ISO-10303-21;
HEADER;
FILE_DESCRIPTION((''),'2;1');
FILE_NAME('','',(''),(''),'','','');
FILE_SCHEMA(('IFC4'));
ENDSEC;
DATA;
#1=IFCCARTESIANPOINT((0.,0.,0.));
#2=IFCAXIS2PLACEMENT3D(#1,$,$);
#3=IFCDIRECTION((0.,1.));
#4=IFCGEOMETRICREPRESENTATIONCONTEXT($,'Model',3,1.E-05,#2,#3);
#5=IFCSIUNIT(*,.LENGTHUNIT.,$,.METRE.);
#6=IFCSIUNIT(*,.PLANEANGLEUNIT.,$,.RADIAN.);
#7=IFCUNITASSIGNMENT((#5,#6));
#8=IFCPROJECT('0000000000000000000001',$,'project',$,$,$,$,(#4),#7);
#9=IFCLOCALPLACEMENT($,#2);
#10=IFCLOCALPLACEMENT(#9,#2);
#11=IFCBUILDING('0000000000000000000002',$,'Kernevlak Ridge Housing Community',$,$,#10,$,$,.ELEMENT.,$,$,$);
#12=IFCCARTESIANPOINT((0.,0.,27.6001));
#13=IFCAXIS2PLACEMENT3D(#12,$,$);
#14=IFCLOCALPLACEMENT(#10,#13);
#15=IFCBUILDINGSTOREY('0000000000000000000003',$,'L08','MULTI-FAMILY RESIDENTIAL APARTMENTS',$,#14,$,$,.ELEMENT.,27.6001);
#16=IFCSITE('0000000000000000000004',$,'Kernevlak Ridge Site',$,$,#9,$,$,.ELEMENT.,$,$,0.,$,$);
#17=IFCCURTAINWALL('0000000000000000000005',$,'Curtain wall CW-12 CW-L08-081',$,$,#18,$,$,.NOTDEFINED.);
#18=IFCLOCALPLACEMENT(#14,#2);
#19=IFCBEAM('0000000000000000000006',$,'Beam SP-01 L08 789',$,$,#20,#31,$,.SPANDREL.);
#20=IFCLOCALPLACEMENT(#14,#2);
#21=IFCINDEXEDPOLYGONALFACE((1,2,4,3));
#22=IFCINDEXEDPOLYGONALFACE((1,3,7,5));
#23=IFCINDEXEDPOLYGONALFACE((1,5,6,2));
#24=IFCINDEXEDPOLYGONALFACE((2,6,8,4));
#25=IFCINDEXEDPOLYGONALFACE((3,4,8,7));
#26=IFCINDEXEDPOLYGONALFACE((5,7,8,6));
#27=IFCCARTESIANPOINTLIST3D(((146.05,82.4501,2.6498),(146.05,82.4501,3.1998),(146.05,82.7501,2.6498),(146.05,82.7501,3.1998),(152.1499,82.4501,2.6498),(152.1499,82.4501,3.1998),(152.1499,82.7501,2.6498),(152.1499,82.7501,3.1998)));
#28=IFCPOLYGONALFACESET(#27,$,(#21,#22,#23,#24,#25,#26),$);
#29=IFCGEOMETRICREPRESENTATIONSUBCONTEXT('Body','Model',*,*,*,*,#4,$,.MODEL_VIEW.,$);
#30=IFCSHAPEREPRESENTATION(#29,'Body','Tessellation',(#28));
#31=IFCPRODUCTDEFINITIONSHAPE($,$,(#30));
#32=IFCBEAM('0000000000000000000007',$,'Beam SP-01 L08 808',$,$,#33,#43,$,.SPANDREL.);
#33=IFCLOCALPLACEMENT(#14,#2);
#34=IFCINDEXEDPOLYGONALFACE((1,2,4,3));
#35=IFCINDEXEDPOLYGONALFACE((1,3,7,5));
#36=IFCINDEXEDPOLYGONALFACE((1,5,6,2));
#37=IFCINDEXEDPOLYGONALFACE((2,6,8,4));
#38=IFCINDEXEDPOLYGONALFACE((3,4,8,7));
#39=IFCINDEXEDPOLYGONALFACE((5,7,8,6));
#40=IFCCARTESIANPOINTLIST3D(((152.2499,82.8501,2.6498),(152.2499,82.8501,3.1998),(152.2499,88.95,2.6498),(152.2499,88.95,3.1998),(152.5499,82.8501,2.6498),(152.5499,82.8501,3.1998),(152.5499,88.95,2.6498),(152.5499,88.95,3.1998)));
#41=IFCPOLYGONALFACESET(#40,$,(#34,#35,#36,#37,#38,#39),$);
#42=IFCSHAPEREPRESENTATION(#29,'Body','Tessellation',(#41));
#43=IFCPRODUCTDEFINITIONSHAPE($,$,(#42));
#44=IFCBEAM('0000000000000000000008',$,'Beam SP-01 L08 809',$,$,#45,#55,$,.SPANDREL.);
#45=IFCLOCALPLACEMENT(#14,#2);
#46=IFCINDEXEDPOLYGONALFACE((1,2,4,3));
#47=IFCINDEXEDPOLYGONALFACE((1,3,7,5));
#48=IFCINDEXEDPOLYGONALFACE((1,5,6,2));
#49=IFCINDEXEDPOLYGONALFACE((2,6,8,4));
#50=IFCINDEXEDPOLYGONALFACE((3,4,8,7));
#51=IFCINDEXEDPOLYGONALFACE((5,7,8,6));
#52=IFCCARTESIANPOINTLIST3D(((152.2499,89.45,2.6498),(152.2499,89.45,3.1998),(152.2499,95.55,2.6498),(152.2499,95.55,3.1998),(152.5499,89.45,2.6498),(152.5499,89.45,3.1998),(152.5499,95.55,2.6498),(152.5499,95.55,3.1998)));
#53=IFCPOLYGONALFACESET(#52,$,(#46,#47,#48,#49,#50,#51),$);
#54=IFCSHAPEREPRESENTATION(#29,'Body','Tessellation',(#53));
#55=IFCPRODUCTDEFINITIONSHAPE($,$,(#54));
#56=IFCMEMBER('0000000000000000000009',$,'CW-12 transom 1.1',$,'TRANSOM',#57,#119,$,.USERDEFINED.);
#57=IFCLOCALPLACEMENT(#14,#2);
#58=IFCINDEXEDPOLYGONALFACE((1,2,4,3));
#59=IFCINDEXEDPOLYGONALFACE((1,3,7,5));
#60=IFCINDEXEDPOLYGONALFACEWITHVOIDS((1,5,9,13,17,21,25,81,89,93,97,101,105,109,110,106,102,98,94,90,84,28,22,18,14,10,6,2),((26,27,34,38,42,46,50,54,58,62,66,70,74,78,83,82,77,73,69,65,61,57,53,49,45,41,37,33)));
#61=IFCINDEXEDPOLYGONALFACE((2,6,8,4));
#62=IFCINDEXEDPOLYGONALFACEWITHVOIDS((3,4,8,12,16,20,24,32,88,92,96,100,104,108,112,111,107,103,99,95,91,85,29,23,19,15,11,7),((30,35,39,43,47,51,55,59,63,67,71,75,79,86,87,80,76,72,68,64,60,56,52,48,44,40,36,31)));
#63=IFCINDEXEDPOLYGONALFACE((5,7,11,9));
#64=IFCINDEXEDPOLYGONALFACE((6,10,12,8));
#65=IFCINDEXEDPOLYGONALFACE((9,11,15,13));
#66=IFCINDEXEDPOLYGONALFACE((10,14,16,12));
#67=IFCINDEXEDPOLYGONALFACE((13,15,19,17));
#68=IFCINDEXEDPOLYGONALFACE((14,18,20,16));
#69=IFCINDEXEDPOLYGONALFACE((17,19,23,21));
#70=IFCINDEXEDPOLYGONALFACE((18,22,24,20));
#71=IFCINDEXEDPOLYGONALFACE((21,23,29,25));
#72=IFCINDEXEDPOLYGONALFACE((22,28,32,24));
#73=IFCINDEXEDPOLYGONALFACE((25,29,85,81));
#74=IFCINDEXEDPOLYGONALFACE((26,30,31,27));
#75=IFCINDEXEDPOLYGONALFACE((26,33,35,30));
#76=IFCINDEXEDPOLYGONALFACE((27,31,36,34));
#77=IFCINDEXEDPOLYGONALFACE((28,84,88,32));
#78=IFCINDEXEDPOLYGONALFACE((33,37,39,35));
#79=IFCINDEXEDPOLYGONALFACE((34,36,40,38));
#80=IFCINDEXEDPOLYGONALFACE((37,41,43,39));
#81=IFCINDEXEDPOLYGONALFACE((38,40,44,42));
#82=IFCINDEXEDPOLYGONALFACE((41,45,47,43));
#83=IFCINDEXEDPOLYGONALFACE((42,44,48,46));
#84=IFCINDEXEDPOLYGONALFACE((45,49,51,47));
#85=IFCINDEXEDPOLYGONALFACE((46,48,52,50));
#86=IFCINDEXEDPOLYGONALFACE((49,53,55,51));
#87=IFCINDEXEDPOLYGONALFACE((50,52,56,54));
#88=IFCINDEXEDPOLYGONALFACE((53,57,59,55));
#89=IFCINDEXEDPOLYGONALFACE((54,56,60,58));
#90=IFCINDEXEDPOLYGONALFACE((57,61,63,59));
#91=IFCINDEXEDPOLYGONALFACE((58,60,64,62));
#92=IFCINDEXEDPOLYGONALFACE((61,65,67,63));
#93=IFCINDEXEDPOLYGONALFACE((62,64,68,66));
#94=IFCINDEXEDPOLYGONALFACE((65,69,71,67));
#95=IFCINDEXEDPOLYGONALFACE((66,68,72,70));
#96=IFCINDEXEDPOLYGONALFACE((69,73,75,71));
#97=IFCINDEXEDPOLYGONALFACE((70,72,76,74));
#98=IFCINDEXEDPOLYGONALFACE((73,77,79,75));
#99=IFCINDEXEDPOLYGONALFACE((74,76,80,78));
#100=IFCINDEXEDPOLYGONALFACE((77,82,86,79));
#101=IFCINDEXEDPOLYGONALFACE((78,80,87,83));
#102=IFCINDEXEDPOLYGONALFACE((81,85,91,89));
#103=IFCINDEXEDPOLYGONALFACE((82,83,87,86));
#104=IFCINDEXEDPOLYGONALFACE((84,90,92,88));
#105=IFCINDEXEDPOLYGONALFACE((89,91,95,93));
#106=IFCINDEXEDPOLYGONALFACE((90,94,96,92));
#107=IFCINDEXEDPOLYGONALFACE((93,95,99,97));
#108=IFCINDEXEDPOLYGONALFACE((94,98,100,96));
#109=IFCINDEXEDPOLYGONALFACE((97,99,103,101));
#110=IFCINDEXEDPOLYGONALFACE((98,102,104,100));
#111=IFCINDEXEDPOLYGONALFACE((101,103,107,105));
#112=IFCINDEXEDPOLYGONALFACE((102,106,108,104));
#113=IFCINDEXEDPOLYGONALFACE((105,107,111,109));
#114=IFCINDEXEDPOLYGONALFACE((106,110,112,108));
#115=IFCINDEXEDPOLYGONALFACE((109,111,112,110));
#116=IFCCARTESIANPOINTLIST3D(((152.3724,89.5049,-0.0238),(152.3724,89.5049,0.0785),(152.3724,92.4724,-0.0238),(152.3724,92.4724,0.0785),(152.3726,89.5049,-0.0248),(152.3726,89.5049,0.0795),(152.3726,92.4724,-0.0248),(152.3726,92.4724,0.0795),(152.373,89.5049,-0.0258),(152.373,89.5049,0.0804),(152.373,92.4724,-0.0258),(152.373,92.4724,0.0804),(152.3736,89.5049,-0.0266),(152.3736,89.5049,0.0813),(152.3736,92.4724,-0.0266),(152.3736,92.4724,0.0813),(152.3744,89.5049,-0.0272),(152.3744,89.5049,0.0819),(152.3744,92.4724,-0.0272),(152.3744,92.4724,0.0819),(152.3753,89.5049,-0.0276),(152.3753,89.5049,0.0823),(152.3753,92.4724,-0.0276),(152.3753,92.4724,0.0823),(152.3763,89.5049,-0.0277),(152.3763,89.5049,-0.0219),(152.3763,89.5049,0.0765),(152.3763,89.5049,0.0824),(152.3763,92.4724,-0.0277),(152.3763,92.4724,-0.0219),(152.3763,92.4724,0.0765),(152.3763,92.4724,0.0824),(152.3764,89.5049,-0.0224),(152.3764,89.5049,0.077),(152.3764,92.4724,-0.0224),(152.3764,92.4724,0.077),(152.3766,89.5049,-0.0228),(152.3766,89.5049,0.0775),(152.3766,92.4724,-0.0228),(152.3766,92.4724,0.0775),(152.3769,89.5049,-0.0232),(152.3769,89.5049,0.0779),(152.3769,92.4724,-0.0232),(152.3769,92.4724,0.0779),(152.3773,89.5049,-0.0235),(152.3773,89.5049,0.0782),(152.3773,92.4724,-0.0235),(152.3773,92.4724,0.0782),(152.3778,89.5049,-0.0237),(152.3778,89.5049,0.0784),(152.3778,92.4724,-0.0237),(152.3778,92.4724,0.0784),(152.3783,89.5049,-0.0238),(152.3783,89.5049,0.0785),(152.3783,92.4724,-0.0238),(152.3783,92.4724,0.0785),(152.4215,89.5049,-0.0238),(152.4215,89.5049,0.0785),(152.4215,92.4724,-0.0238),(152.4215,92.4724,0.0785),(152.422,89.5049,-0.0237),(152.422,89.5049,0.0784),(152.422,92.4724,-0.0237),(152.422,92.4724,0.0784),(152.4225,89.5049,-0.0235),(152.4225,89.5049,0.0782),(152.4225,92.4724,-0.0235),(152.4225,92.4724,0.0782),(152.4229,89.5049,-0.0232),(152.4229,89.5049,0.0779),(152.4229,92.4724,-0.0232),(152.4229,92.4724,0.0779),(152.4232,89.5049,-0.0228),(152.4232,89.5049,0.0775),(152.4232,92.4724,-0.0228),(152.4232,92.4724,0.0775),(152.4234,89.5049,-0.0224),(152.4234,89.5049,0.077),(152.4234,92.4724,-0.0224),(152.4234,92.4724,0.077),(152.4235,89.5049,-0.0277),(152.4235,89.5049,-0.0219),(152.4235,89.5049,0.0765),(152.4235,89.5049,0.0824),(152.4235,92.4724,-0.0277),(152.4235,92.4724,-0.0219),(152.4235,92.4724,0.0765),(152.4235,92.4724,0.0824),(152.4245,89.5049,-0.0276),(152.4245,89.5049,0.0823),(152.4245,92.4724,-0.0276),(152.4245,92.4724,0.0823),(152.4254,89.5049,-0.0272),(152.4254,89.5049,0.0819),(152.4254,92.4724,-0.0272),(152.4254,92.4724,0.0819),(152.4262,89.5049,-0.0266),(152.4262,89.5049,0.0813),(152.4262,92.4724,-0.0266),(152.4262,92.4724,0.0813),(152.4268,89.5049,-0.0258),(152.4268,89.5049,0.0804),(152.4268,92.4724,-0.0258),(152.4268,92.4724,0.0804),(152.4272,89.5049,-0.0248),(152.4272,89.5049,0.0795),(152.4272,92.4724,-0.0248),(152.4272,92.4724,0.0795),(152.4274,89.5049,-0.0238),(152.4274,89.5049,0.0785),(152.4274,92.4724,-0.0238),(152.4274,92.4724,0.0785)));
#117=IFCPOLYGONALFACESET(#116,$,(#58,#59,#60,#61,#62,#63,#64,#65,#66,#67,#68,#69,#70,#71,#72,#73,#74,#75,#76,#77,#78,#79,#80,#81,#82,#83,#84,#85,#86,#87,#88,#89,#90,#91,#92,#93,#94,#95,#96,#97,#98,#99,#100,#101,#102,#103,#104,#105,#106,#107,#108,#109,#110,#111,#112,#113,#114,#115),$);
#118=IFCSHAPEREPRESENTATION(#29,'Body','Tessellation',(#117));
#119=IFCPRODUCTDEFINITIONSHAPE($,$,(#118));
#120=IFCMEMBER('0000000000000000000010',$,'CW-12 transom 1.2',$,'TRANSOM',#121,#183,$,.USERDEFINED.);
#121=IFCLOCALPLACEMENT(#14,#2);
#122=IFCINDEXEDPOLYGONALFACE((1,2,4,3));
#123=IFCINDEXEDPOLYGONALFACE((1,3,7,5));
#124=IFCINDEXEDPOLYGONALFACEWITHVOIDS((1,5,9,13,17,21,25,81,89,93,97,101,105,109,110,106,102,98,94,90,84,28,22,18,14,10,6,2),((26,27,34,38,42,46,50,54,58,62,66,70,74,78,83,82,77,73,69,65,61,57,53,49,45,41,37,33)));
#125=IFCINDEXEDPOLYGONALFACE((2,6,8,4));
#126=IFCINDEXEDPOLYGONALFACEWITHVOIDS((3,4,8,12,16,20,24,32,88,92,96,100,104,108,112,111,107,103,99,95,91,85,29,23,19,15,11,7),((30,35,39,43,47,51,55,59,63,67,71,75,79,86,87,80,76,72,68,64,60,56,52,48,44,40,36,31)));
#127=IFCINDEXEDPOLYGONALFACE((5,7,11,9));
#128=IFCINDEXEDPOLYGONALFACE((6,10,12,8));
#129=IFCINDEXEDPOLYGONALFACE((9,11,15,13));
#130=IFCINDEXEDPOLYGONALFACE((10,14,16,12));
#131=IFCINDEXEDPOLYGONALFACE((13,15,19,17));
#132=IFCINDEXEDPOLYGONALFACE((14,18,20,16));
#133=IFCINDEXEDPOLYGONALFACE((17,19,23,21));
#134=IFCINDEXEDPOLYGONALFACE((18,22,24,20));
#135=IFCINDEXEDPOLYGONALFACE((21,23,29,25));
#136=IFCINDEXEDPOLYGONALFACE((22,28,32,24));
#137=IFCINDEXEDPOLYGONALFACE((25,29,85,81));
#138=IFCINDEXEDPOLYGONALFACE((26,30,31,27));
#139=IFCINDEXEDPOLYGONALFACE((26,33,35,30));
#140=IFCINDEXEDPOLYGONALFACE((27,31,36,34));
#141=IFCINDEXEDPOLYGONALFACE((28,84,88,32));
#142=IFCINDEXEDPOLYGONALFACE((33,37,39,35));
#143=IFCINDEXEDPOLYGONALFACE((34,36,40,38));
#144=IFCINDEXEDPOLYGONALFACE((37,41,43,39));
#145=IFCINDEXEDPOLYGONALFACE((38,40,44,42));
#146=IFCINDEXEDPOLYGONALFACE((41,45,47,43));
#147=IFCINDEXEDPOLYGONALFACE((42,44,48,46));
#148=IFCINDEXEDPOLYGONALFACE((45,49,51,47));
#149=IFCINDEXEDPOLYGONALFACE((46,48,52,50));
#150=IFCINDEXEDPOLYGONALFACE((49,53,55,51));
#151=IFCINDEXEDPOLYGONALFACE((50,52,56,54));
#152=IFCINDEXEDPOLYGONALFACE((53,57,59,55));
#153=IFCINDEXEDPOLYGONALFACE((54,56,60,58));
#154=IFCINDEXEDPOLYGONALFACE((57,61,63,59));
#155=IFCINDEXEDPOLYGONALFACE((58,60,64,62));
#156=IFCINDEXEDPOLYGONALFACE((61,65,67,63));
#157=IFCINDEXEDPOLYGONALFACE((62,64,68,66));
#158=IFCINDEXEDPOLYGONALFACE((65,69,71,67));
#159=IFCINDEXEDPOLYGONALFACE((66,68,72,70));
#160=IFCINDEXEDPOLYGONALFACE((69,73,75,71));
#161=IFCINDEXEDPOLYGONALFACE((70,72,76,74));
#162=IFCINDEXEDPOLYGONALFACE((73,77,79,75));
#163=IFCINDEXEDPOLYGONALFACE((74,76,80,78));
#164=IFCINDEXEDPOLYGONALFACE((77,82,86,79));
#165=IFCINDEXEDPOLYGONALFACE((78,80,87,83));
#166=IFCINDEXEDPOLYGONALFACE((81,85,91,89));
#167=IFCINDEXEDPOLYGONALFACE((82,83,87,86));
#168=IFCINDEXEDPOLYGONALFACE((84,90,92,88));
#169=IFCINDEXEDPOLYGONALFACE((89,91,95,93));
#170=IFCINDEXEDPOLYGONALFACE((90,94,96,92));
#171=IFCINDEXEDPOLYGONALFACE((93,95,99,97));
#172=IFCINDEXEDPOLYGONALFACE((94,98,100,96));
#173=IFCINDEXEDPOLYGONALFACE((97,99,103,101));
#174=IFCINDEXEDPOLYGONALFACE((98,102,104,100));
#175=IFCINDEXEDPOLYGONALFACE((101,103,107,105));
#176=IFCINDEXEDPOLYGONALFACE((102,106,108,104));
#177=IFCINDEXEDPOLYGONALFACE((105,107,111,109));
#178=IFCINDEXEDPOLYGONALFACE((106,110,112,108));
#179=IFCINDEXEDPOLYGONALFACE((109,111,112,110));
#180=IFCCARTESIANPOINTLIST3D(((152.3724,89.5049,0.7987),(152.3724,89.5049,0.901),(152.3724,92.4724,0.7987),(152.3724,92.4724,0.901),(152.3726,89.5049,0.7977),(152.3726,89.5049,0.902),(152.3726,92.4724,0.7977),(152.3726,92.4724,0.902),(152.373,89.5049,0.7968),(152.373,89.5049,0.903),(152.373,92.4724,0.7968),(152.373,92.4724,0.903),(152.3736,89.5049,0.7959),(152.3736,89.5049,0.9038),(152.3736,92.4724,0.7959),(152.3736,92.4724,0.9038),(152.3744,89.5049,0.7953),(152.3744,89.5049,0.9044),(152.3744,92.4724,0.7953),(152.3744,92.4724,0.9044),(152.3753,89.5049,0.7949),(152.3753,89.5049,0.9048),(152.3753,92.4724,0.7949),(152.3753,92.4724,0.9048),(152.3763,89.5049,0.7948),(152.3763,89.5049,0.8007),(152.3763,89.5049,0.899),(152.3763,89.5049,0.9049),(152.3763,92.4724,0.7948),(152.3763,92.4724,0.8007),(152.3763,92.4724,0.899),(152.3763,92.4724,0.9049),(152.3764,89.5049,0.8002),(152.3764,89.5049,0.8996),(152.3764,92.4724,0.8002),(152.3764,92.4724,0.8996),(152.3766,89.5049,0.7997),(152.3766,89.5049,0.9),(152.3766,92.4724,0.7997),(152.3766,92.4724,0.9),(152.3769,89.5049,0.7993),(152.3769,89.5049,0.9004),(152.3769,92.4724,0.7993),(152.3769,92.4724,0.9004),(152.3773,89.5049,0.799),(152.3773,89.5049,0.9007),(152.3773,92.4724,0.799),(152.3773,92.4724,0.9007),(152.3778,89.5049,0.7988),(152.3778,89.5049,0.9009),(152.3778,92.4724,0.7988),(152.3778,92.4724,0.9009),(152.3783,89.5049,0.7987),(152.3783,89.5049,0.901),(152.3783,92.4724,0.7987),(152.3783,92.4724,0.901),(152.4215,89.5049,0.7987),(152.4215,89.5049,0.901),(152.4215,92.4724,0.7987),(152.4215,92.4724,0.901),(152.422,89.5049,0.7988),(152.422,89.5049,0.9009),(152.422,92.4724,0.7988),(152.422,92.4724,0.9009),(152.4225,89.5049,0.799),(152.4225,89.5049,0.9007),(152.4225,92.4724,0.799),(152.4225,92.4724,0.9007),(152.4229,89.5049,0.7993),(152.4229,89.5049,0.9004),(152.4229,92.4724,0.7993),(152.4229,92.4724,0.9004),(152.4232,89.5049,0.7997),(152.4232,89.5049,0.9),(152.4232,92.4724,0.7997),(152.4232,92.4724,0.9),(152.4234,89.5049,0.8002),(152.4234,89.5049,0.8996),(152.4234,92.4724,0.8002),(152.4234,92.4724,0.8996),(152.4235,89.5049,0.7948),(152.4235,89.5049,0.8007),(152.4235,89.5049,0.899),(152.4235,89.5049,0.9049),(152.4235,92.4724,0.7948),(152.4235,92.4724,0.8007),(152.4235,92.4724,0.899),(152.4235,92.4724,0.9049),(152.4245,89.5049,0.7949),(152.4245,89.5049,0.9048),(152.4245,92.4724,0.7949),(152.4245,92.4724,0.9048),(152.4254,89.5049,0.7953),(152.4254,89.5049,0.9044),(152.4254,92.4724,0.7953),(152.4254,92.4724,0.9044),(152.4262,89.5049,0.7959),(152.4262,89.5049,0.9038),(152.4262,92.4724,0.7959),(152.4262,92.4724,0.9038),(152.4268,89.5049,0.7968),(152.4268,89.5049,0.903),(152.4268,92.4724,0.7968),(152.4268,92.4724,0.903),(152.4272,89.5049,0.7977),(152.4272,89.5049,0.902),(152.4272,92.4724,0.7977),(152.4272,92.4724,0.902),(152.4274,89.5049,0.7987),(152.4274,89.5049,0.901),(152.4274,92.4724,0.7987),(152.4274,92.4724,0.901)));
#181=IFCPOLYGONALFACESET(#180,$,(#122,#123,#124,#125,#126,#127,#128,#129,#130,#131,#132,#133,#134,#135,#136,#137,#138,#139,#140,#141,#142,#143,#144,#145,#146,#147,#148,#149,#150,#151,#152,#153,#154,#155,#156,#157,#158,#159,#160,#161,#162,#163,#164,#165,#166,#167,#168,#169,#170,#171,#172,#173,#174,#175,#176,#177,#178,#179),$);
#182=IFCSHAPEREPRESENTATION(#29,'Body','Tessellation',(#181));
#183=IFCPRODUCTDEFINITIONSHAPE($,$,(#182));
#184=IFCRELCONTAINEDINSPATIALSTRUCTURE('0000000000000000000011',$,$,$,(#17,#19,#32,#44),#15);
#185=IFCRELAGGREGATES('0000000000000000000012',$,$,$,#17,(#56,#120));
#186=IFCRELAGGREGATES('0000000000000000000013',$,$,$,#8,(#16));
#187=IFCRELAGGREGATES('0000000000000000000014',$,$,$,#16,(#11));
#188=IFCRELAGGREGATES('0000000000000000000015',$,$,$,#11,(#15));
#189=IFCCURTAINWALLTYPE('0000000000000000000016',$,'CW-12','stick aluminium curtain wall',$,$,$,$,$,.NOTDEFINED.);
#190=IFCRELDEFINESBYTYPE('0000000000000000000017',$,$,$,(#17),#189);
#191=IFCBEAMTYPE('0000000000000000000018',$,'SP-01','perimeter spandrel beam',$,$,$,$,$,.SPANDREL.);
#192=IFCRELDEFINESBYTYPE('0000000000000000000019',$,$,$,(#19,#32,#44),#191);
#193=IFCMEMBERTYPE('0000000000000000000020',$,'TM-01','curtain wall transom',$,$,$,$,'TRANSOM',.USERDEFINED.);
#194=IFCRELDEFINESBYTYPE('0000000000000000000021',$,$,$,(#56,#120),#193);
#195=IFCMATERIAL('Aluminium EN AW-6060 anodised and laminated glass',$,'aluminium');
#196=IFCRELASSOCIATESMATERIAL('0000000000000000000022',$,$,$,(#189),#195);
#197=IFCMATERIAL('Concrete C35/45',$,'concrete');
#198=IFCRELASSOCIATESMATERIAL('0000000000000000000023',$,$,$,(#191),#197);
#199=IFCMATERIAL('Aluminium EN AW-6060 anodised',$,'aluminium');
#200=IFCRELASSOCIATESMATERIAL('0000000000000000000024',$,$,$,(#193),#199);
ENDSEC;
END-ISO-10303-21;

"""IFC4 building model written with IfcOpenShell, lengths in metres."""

from ifc_helpers import new_model, si_unit, direction, frame, origin, origin_2d, place, context, subcontext, project, spatial, rectangle, hollow_rectangle, extrude, material, material_profile, profile_set, type_object, element, aggregate, save


model = new_model("IFC4")

# Units and contexts
model_context = context("Model", 3, precision=1e-05, world=origin(), true_north=direction((0.0, 1.0)))
body_context = subcontext(model_context, "Body", "Model", "MODEL_VIEW")
ifc_project = project(units=[si_unit("LENGTHUNIT", "METRE"), si_unit("PLANEANGLEUNIT", "RADIAN")], contexts=[model_context])

# Site, building, storey
site_placement = place(None, origin())
site = spatial("IfcSite", under=ifc_project, at=site_placement, Name="Kernevlak Ridge Site", CompositionType="ELEMENT", RefElevation=0.0)
building_placement = place(site_placement, origin())
building = spatial("IfcBuilding", under=site, at=building_placement, Name="Kernevlak Ridge Housing Community", CompositionType="ELEMENT")
storey_placement = place(building_placement, frame((0.0, 0.0, 27.6001)))
storey = spatial("IfcBuildingStorey", under=building, at=storey_placement, Name="L08", Description="MULTI-FAMILY RESIDENTIAL APARTMENTS", CompositionType="ELEMENT", Elevation=27.6001)

# Shared definitions
ifc_material_1 = material(Name="Concrete C35/45", Category="concrete")

# Curtain wall
ifc_material_2 = material(Name="Aluminium EN AW-6060 anodised and laminated glass", Category="aluminium")
curtain_wall_type = type_object("IfcCurtainWallType", Name="CW-12", Description="stick aluminium curtain wall", PredefinedType="NOTDEFINED", material=ifc_material_2)
curtain_wall_placement = place(storey_placement, origin())
curtain_wall = element("IfcCurtainWall", 1, at=curtain_wall_placement, inside=storey, type_object=curtain_wall_type, Name="Curtain wall CW-12 CW-L08-081", PredefinedType="NOTDEFINED")
ifc_material_3 = material(Name="Aluminium EN AW-6060 anodised", Category="aluminium")

# Beams
ifc_material_profile_1 = material_profile(ifc_material_1, rectangle(XDim=0.3, YDim=0.55, at=origin_2d()), Name="RC 300x550")
ifc_profile_set_1 = profile_set([ifc_material_profile_1], Name="Concrete C35/45")
beam_type_1 = type_object("IfcBeamType", Name="SP-01", Description="perimeter spandrel beam", PredefinedType="SPANDREL", material=ifc_profile_set_1)
for number, where, z_axis, x_axis, name in (
    (2, (146.05, 82.6001, 2.9248), (1.0, 0.0, 0.0), (0.0, 1.0, 0.0), "Beam SP-01 L08 789"),
    (3, (152.3999, 82.8501, 2.9248), (0.0, 1.0, 0.0), (-1.0, 0.0, 0.0), "Beam SP-01 L08 808"),
):
    element("IfcBeam", number, at=place(storey_placement, frame(where, z_axis=z_axis, x_axis=x_axis)), inside=storey, type_object=beam_type_1, Name=name, PredefinedType="SPANDREL", context=body_context, shape_type="SweptSolid", body=[
        extrude(rectangle(XDim=0.3, YDim=0.55, at=origin_2d()), origin(), (0.0, 0.0, 1.0), 6.0999),
    ])
beam_1_placement = place(storey_placement, frame((152.3999, 89.45, 2.9248), z_axis=(0.0, 1.0, 0.0), x_axis=(-1.0, 0.0, 0.0)))
element("IfcBeam", 4, at=beam_1_placement, inside=storey, type_object=beam_type_1, Name="Beam SP-01 L08 809", PredefinedType="SPANDREL", context=body_context, shape_type="SweptSolid", body=[
    extrude(rectangle(XDim=0.3, YDim=0.55, at=origin_2d()), origin(), (0.0, 0.0, 1.0), 6.1001),
])

# Members
ifc_material_profile_2 = material_profile(ifc_material_3, hollow_rectangle(XDim=0.0549, YDim=0.1101, WallThickness=0.0039, InnerFilletRadius=0.002, OuterFilletRadius=0.0039, at=origin_2d()), Name="ALU 55x110x4")
ifc_profile_set_2 = profile_set([ifc_material_profile_2], Name="Aluminium EN AW-6060 anodised")
member_type_1 = type_object("IfcMemberType", Name="TM-01", Description="curtain wall transom", ElementType="TRANSOM", PredefinedType="USERDEFINED", material=ifc_profile_set_2)
member_1_placement = place(storey_placement, frame((152.3999, 89.5049, 0.0273), z_axis=(0.0, 1.0, 0.0), x_axis=(-1.0, 0.0, 0.0)))
member_1 = element("IfcMember", 5, at=member_1_placement, type_object=member_type_1, Name="CW-12 transom 1.1", ObjectType="TRANSOM", PredefinedType="USERDEFINED", context=body_context, shape_type="SweptSolid", body=[
    extrude(hollow_rectangle(XDim=0.0549, YDim=0.1101, WallThickness=0.0039, InnerFilletRadius=0.002, OuterFilletRadius=0.0039, at=origin_2d()), origin(), (0.0, 0.0, 1.0), 2.9675),
])
member_2_placement = place(storey_placement, frame((152.3999, 89.5049, 0.8499), z_axis=(0.0, 1.0, 0.0), x_axis=(-1.0, 0.0, 0.0)))
member_2 = element("IfcMember", 6, at=member_2_placement, type_object=member_type_1, Name="CW-12 transom 1.2", ObjectType="TRANSOM", PredefinedType="USERDEFINED", context=body_context, shape_type="SweptSolid", body=[
    extrude(hollow_rectangle(XDim=0.0549, YDim=0.1101, WallThickness=0.0039, InnerFilletRadius=0.002, OuterFilletRadius=0.0039, at=origin_2d()), origin(), (0.0, 0.0, 1.0), 2.9675),
])

aggregate(curtain_wall, [member_1, member_2])

save(model, "model.ifc")
